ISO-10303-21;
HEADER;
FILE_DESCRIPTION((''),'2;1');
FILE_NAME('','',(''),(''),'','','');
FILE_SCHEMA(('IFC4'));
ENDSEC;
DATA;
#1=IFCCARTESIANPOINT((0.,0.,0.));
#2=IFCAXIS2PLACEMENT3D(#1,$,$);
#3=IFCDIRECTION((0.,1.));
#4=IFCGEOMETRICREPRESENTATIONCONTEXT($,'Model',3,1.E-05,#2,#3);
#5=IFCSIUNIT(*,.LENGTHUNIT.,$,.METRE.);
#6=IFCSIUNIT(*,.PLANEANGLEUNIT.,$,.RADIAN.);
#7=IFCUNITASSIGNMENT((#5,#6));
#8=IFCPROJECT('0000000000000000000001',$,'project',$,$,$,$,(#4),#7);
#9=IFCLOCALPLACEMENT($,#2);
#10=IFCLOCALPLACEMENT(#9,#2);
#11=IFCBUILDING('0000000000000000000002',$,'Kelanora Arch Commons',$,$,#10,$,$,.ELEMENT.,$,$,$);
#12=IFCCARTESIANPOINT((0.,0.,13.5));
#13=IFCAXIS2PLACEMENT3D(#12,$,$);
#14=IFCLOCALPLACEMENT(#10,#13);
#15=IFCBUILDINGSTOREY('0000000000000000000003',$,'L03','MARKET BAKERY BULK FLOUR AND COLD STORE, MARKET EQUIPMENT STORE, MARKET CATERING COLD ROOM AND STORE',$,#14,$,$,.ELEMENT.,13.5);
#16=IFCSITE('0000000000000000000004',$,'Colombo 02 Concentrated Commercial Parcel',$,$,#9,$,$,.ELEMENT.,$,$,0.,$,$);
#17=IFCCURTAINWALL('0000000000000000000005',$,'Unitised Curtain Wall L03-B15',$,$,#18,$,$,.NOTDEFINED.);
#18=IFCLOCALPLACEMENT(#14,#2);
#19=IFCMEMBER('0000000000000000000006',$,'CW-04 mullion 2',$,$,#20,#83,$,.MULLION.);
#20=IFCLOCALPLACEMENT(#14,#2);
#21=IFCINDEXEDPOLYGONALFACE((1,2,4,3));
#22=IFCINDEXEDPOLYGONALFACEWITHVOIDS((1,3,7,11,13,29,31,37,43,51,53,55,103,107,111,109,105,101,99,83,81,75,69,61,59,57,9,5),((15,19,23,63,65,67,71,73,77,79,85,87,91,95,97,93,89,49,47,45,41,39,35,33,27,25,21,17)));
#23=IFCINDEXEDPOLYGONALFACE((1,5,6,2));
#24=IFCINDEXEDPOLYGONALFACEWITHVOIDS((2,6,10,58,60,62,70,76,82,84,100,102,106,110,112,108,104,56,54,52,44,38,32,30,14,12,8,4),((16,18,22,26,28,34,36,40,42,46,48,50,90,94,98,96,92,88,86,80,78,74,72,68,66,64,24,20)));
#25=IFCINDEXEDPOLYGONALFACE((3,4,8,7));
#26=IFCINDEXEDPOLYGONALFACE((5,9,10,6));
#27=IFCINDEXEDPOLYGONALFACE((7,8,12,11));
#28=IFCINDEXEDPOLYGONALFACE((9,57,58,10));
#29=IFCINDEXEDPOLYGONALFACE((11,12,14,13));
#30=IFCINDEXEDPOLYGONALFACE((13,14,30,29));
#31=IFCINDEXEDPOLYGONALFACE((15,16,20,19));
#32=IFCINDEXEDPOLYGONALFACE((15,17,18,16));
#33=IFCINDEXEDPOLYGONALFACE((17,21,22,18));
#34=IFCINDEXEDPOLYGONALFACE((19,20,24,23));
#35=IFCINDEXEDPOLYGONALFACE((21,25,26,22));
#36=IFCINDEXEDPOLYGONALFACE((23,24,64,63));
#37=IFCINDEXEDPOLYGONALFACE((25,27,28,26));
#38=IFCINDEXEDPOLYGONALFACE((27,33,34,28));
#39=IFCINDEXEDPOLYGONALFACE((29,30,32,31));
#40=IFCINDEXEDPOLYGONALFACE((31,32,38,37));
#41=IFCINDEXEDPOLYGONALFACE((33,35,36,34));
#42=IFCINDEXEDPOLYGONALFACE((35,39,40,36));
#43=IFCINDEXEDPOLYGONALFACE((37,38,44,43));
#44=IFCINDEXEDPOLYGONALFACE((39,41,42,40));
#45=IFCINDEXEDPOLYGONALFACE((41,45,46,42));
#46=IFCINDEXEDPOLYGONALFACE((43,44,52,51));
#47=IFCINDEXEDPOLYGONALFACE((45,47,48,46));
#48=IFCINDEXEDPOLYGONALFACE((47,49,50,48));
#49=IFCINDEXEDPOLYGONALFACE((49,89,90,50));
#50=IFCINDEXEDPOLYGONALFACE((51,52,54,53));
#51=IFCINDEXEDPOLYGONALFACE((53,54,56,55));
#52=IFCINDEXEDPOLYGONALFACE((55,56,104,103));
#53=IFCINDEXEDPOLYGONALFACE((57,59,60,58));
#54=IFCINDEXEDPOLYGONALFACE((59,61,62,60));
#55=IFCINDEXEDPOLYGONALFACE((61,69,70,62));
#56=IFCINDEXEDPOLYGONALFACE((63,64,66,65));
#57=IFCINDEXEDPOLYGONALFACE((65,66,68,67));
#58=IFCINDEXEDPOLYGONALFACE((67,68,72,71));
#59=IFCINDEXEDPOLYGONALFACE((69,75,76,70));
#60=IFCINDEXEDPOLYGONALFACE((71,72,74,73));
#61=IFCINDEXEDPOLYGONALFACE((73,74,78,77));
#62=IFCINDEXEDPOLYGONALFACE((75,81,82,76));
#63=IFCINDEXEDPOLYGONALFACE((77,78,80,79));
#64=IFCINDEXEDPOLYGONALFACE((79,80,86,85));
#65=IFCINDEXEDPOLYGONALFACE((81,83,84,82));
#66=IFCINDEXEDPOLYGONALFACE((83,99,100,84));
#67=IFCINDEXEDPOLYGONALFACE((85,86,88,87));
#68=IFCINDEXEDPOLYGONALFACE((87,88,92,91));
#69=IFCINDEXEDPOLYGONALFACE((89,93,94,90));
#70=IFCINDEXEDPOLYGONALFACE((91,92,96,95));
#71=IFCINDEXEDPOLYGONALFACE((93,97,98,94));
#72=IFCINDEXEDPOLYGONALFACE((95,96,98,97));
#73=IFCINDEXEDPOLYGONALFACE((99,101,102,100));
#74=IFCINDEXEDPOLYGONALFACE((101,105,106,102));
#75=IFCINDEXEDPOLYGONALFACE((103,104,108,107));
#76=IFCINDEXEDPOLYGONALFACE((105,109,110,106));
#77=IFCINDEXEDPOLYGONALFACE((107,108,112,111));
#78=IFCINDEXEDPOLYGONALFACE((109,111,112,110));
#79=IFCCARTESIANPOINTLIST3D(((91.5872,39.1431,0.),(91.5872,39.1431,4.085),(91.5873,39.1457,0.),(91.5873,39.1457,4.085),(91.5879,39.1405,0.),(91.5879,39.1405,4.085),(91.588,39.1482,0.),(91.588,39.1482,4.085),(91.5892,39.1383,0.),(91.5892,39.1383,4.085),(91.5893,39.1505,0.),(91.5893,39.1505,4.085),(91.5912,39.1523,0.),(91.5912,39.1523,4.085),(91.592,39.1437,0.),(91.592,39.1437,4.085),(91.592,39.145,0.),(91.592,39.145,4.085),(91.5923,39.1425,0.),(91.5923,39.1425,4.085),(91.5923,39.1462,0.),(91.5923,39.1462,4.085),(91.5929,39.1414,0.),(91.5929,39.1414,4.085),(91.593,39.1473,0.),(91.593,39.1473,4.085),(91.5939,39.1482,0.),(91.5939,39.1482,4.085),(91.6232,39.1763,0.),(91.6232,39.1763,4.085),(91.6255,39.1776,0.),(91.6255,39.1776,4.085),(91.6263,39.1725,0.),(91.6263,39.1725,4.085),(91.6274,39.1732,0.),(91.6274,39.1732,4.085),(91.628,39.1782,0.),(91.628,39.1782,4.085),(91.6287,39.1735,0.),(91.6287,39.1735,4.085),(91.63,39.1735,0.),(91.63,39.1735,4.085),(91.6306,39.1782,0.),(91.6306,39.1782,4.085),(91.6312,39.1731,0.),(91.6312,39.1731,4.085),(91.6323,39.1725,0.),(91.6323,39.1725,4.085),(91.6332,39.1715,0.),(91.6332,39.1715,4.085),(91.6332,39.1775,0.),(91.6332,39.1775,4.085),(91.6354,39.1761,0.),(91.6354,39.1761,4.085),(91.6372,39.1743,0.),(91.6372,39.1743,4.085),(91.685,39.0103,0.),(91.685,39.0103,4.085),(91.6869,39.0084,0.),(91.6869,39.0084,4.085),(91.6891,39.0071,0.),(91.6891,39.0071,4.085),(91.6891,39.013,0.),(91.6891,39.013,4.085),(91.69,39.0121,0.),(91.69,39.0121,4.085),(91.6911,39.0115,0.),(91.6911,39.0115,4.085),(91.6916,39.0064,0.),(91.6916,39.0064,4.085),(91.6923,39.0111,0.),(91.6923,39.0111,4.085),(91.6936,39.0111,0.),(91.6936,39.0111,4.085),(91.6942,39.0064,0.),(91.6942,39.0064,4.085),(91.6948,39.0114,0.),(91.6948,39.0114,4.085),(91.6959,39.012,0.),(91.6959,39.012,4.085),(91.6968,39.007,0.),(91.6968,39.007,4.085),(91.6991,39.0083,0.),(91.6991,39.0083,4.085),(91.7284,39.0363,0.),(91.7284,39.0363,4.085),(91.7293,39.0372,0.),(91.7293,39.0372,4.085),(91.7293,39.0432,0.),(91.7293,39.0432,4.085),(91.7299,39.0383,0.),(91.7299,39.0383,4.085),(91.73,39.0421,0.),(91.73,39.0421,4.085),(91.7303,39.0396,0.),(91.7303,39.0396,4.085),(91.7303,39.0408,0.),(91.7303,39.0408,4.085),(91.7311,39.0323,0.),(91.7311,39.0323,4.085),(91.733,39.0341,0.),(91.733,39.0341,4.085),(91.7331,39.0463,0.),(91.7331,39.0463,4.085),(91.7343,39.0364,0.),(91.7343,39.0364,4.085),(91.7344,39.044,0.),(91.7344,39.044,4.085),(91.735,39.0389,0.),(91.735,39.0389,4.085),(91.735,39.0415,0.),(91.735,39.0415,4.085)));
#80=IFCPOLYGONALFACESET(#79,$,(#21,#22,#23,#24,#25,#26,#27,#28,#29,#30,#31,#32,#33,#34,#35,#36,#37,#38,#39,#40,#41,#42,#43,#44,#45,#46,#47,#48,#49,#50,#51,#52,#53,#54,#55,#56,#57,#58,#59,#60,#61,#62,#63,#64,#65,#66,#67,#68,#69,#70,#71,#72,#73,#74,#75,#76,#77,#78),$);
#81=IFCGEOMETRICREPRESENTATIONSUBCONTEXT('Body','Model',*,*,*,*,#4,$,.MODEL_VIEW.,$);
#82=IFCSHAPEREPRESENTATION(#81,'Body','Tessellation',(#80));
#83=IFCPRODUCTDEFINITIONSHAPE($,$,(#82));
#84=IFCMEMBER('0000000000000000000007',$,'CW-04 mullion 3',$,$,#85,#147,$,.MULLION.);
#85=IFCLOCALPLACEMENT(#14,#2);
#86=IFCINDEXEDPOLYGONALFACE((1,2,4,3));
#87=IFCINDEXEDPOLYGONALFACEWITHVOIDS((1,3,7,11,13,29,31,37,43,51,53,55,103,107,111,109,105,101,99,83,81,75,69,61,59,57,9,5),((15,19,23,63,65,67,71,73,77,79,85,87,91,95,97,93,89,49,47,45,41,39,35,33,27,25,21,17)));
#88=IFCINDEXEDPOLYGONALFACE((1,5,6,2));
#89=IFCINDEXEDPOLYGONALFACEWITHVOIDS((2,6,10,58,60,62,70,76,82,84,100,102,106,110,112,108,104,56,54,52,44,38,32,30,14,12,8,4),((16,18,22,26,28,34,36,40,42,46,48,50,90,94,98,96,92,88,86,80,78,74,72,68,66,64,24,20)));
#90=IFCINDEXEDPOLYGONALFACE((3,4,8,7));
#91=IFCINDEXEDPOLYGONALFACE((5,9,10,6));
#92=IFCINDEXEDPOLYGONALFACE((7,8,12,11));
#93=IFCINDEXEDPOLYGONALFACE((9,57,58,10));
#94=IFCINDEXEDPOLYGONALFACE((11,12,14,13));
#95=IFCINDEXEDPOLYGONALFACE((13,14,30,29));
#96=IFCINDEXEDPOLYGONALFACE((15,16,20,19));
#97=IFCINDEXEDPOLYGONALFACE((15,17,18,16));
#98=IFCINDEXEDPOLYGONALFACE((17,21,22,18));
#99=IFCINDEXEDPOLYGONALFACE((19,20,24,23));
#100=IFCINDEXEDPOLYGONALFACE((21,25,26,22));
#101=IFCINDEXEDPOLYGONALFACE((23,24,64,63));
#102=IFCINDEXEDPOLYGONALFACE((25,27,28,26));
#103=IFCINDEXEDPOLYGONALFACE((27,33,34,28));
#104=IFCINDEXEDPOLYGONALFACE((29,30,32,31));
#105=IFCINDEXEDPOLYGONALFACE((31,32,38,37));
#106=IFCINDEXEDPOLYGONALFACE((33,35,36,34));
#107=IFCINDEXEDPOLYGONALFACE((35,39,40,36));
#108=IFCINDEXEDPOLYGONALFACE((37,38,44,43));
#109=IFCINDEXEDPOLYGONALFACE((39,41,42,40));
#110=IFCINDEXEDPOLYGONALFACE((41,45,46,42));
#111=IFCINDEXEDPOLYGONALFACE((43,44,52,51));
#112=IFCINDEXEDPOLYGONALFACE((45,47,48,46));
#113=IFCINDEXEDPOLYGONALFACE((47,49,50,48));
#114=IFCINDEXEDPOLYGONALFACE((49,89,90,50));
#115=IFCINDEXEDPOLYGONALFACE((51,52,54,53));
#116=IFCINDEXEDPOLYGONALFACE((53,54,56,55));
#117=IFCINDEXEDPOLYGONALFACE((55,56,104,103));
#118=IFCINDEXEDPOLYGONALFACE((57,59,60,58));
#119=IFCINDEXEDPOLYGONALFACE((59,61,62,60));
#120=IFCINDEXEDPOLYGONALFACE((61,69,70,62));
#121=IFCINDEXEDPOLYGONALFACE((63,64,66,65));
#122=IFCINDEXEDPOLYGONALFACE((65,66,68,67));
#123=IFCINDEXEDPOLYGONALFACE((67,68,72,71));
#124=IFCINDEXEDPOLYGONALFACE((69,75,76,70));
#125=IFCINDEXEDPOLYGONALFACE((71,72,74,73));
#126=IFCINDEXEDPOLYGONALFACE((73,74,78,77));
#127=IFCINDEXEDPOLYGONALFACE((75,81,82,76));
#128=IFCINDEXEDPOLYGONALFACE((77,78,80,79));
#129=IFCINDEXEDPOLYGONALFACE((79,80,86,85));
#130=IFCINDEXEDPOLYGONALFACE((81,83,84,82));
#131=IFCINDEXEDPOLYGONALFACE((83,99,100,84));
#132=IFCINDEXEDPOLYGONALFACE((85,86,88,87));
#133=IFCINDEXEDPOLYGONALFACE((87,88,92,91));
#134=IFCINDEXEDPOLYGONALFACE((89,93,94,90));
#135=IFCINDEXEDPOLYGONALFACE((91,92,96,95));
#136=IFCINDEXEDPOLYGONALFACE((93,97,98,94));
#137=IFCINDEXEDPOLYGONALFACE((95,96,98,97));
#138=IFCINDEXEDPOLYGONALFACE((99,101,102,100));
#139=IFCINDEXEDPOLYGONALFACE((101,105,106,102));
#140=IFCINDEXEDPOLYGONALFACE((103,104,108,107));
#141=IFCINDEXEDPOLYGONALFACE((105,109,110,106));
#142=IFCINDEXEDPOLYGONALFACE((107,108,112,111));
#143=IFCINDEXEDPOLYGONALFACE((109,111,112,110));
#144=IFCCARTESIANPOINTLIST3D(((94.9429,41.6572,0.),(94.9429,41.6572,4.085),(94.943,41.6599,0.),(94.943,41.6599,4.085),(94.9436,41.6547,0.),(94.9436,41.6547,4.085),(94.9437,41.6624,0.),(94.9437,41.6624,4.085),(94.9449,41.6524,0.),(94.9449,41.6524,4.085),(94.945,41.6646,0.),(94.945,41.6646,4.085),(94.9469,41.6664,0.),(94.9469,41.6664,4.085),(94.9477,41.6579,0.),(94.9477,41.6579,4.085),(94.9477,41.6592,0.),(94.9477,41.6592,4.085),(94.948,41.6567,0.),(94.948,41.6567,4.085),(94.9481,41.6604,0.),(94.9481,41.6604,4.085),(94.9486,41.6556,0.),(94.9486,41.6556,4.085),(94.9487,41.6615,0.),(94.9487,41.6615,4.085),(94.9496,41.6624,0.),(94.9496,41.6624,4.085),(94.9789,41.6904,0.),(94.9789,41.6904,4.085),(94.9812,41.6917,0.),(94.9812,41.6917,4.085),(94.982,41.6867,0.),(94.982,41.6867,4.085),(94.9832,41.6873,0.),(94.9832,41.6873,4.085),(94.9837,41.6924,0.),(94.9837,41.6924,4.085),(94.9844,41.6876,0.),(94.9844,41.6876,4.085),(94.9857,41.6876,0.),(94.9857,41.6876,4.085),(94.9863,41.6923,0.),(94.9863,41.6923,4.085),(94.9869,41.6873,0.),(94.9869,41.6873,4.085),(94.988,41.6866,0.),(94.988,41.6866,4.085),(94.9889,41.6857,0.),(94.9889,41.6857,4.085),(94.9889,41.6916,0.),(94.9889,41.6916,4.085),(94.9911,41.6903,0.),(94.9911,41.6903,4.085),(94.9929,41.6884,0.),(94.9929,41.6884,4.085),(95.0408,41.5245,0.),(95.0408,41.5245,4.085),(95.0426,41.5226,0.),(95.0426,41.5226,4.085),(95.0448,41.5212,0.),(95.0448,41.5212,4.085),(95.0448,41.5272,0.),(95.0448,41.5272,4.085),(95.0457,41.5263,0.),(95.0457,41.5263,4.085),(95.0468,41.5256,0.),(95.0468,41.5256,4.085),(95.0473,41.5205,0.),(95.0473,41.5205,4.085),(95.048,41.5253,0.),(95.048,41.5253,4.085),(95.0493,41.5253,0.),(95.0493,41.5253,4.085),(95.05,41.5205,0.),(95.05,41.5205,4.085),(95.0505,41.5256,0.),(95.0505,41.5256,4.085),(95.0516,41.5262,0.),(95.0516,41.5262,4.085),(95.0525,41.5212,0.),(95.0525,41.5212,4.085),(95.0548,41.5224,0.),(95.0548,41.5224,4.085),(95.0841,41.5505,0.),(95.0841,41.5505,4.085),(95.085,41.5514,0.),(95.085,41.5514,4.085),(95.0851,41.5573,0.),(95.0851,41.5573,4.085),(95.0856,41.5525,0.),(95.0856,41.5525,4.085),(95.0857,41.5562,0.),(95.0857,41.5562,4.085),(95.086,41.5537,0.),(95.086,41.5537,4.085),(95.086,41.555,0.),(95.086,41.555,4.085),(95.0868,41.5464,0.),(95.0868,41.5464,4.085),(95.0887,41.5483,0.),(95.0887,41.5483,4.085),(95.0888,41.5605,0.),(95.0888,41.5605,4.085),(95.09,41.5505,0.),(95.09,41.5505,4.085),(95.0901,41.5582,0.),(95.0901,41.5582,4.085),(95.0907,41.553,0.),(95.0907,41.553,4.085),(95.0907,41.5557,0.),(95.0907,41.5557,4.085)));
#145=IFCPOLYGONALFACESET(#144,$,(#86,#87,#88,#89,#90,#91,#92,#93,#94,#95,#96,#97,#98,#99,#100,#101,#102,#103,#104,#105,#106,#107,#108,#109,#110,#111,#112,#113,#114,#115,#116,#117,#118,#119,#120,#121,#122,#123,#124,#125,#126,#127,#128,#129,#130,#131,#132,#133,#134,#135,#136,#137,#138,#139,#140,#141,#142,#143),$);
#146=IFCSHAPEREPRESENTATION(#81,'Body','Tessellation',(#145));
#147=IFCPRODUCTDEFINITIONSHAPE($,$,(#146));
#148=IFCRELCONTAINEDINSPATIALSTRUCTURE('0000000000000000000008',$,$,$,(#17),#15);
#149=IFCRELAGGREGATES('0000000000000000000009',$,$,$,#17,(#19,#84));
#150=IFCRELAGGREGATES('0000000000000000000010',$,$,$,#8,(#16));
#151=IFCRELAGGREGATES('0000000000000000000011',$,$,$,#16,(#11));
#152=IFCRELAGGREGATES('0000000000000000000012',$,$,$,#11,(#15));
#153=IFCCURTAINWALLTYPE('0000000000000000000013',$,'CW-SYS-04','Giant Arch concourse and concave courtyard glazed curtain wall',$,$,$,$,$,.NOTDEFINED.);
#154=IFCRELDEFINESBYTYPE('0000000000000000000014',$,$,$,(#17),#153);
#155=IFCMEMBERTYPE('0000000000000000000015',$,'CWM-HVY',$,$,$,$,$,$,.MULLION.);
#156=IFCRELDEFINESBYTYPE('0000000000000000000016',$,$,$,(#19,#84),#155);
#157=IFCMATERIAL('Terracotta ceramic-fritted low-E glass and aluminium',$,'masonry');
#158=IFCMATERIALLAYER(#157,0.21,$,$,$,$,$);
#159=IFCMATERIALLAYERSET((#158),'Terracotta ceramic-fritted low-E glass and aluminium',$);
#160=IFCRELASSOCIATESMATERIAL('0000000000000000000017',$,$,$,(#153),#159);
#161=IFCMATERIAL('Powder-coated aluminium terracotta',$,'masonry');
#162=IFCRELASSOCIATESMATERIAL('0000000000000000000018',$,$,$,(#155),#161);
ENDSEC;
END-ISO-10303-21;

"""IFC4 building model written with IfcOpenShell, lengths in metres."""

from ifc_helpers import new_model, si_unit, direction, frame, origin, origin_2d, place, context, subcontext, project, spatial, hollow_rectangle, extrude, material, layer, layer_set, material_profile, profile_set, type_object, element, aggregate, save


model = new_model("IFC4")

# Units and contexts
model_context = context("Model", 3, precision=1e-05, world=origin(), true_north=direction((0.0, 1.0)))
body_context = subcontext(model_context, "Body", "Model", "MODEL_VIEW")
ifc_project = project(units=[si_unit("LENGTHUNIT", "METRE"), si_unit("PLANEANGLEUNIT", "RADIAN")], contexts=[model_context])

# Site, building, storey
site_placement = place(None, origin())
site = spatial("IfcSite", under=ifc_project, at=site_placement, Name="Colombo 02 Concentrated Commercial Parcel", CompositionType="ELEMENT", RefElevation=0.0)
building_placement = place(site_placement, origin())
building = spatial("IfcBuilding", under=site, at=building_placement, Name="Kelanora Arch Commons", CompositionType="ELEMENT")
storey_placement = place(building_placement, frame((0.0, 0.0, 13.5)))
storey = spatial("IfcBuildingStorey", under=building, at=storey_placement, Name="L03", Description="MARKET BAKERY BULK FLOUR AND COLD STORE, MARKET EQUIPMENT STORE, MARKET CATERING COLD ROOM AND STORE", CompositionType="ELEMENT", Elevation=13.5)

# Shared definitions
ifc_material_1 = material(Name="Terracotta ceramic-fritted low-E glass and aluminium", Category="masonry")
ifc_layer_1 = layer(ifc_material_1, 0.21)
ifc_layer_set_1 = layer_set([ifc_layer_1], Name="Terracotta ceramic-fritted low-E glass and aluminium")
curtain_wall_type = type_object("IfcCurtainWallType", Name="CW-SYS-04", Description="Giant Arch concourse and concave courtyard glazed curtain wall", PredefinedType="NOTDEFINED", material=ifc_layer_set_1)
ifc_material_2 = material(Name="Powder-coated aluminium terracotta", Category="masonry")
ifc_material_profile_1 = material_profile(ifc_material_2, hollow_rectangle(XDim=0.1799, YDim=0.0601, WallThickness=0.0049, InnerFilletRadius=0.0049, OuterFilletRadius=0.01, at=origin_2d()), Name="CWM180x60")
ifc_profile_set_1 = profile_set([ifc_material_profile_1], Name="Powder-coated aluminium terracotta")
member_type_1 = type_object("IfcMemberType", Name="CWM-HVY", PredefinedType="MULLION", material=ifc_profile_set_1)

# Curtain wall, members
curtain_wall_1_placement = place(storey_placement, origin())
curtain_wall_1 = element("IfcCurtainWall", 1, at=curtain_wall_1_placement, inside=storey, type_object=curtain_wall_type, Name="Unitised Curtain Wall L03-B15", PredefinedType="NOTDEFINED")
member_1_placement = place(storey_placement, frame((91.6611, 39.0923, 0.0), z_axis=(0.0, 0.0, 1.0), x_axis=(-0.599593, 0.800305, 0.0)))
member_1 = element("IfcMember", 2, at=member_1_placement, type_object=member_type_1, Name="CW-04 mullion 2", PredefinedType="MULLION", context=body_context, shape_type="SweptSolid", body=[
    extrude(hollow_rectangle(XDim=0.1799, YDim=0.0601, WallThickness=0.0049, InnerFilletRadius=0.0049, OuterFilletRadius=0.01, at=origin_2d()), origin(), (0.0, 0.0, 1.0), 4.085),
])
member_2_placement = place(storey_placement, frame((95.0168, 41.6064, 0.0), z_axis=(0.0, 0.0, 1.0), x_axis=(-0.599593, 0.800305, 0.0)))
member_2 = element("IfcMember", 3, at=member_2_placement, type_object=member_type_1, Name="CW-04 mullion 3", PredefinedType="MULLION", context=body_context, shape_type="SweptSolid", body=[
    extrude(hollow_rectangle(XDim=0.1799, YDim=0.0601, WallThickness=0.0049, InnerFilletRadius=0.0049, OuterFilletRadius=0.01, at=origin_2d()), origin(), (0.0, 0.0, 1.0), 4.085),
])

aggregate(curtain_wall_1, [member_1, member_2])

save(model, "model.ifc")
